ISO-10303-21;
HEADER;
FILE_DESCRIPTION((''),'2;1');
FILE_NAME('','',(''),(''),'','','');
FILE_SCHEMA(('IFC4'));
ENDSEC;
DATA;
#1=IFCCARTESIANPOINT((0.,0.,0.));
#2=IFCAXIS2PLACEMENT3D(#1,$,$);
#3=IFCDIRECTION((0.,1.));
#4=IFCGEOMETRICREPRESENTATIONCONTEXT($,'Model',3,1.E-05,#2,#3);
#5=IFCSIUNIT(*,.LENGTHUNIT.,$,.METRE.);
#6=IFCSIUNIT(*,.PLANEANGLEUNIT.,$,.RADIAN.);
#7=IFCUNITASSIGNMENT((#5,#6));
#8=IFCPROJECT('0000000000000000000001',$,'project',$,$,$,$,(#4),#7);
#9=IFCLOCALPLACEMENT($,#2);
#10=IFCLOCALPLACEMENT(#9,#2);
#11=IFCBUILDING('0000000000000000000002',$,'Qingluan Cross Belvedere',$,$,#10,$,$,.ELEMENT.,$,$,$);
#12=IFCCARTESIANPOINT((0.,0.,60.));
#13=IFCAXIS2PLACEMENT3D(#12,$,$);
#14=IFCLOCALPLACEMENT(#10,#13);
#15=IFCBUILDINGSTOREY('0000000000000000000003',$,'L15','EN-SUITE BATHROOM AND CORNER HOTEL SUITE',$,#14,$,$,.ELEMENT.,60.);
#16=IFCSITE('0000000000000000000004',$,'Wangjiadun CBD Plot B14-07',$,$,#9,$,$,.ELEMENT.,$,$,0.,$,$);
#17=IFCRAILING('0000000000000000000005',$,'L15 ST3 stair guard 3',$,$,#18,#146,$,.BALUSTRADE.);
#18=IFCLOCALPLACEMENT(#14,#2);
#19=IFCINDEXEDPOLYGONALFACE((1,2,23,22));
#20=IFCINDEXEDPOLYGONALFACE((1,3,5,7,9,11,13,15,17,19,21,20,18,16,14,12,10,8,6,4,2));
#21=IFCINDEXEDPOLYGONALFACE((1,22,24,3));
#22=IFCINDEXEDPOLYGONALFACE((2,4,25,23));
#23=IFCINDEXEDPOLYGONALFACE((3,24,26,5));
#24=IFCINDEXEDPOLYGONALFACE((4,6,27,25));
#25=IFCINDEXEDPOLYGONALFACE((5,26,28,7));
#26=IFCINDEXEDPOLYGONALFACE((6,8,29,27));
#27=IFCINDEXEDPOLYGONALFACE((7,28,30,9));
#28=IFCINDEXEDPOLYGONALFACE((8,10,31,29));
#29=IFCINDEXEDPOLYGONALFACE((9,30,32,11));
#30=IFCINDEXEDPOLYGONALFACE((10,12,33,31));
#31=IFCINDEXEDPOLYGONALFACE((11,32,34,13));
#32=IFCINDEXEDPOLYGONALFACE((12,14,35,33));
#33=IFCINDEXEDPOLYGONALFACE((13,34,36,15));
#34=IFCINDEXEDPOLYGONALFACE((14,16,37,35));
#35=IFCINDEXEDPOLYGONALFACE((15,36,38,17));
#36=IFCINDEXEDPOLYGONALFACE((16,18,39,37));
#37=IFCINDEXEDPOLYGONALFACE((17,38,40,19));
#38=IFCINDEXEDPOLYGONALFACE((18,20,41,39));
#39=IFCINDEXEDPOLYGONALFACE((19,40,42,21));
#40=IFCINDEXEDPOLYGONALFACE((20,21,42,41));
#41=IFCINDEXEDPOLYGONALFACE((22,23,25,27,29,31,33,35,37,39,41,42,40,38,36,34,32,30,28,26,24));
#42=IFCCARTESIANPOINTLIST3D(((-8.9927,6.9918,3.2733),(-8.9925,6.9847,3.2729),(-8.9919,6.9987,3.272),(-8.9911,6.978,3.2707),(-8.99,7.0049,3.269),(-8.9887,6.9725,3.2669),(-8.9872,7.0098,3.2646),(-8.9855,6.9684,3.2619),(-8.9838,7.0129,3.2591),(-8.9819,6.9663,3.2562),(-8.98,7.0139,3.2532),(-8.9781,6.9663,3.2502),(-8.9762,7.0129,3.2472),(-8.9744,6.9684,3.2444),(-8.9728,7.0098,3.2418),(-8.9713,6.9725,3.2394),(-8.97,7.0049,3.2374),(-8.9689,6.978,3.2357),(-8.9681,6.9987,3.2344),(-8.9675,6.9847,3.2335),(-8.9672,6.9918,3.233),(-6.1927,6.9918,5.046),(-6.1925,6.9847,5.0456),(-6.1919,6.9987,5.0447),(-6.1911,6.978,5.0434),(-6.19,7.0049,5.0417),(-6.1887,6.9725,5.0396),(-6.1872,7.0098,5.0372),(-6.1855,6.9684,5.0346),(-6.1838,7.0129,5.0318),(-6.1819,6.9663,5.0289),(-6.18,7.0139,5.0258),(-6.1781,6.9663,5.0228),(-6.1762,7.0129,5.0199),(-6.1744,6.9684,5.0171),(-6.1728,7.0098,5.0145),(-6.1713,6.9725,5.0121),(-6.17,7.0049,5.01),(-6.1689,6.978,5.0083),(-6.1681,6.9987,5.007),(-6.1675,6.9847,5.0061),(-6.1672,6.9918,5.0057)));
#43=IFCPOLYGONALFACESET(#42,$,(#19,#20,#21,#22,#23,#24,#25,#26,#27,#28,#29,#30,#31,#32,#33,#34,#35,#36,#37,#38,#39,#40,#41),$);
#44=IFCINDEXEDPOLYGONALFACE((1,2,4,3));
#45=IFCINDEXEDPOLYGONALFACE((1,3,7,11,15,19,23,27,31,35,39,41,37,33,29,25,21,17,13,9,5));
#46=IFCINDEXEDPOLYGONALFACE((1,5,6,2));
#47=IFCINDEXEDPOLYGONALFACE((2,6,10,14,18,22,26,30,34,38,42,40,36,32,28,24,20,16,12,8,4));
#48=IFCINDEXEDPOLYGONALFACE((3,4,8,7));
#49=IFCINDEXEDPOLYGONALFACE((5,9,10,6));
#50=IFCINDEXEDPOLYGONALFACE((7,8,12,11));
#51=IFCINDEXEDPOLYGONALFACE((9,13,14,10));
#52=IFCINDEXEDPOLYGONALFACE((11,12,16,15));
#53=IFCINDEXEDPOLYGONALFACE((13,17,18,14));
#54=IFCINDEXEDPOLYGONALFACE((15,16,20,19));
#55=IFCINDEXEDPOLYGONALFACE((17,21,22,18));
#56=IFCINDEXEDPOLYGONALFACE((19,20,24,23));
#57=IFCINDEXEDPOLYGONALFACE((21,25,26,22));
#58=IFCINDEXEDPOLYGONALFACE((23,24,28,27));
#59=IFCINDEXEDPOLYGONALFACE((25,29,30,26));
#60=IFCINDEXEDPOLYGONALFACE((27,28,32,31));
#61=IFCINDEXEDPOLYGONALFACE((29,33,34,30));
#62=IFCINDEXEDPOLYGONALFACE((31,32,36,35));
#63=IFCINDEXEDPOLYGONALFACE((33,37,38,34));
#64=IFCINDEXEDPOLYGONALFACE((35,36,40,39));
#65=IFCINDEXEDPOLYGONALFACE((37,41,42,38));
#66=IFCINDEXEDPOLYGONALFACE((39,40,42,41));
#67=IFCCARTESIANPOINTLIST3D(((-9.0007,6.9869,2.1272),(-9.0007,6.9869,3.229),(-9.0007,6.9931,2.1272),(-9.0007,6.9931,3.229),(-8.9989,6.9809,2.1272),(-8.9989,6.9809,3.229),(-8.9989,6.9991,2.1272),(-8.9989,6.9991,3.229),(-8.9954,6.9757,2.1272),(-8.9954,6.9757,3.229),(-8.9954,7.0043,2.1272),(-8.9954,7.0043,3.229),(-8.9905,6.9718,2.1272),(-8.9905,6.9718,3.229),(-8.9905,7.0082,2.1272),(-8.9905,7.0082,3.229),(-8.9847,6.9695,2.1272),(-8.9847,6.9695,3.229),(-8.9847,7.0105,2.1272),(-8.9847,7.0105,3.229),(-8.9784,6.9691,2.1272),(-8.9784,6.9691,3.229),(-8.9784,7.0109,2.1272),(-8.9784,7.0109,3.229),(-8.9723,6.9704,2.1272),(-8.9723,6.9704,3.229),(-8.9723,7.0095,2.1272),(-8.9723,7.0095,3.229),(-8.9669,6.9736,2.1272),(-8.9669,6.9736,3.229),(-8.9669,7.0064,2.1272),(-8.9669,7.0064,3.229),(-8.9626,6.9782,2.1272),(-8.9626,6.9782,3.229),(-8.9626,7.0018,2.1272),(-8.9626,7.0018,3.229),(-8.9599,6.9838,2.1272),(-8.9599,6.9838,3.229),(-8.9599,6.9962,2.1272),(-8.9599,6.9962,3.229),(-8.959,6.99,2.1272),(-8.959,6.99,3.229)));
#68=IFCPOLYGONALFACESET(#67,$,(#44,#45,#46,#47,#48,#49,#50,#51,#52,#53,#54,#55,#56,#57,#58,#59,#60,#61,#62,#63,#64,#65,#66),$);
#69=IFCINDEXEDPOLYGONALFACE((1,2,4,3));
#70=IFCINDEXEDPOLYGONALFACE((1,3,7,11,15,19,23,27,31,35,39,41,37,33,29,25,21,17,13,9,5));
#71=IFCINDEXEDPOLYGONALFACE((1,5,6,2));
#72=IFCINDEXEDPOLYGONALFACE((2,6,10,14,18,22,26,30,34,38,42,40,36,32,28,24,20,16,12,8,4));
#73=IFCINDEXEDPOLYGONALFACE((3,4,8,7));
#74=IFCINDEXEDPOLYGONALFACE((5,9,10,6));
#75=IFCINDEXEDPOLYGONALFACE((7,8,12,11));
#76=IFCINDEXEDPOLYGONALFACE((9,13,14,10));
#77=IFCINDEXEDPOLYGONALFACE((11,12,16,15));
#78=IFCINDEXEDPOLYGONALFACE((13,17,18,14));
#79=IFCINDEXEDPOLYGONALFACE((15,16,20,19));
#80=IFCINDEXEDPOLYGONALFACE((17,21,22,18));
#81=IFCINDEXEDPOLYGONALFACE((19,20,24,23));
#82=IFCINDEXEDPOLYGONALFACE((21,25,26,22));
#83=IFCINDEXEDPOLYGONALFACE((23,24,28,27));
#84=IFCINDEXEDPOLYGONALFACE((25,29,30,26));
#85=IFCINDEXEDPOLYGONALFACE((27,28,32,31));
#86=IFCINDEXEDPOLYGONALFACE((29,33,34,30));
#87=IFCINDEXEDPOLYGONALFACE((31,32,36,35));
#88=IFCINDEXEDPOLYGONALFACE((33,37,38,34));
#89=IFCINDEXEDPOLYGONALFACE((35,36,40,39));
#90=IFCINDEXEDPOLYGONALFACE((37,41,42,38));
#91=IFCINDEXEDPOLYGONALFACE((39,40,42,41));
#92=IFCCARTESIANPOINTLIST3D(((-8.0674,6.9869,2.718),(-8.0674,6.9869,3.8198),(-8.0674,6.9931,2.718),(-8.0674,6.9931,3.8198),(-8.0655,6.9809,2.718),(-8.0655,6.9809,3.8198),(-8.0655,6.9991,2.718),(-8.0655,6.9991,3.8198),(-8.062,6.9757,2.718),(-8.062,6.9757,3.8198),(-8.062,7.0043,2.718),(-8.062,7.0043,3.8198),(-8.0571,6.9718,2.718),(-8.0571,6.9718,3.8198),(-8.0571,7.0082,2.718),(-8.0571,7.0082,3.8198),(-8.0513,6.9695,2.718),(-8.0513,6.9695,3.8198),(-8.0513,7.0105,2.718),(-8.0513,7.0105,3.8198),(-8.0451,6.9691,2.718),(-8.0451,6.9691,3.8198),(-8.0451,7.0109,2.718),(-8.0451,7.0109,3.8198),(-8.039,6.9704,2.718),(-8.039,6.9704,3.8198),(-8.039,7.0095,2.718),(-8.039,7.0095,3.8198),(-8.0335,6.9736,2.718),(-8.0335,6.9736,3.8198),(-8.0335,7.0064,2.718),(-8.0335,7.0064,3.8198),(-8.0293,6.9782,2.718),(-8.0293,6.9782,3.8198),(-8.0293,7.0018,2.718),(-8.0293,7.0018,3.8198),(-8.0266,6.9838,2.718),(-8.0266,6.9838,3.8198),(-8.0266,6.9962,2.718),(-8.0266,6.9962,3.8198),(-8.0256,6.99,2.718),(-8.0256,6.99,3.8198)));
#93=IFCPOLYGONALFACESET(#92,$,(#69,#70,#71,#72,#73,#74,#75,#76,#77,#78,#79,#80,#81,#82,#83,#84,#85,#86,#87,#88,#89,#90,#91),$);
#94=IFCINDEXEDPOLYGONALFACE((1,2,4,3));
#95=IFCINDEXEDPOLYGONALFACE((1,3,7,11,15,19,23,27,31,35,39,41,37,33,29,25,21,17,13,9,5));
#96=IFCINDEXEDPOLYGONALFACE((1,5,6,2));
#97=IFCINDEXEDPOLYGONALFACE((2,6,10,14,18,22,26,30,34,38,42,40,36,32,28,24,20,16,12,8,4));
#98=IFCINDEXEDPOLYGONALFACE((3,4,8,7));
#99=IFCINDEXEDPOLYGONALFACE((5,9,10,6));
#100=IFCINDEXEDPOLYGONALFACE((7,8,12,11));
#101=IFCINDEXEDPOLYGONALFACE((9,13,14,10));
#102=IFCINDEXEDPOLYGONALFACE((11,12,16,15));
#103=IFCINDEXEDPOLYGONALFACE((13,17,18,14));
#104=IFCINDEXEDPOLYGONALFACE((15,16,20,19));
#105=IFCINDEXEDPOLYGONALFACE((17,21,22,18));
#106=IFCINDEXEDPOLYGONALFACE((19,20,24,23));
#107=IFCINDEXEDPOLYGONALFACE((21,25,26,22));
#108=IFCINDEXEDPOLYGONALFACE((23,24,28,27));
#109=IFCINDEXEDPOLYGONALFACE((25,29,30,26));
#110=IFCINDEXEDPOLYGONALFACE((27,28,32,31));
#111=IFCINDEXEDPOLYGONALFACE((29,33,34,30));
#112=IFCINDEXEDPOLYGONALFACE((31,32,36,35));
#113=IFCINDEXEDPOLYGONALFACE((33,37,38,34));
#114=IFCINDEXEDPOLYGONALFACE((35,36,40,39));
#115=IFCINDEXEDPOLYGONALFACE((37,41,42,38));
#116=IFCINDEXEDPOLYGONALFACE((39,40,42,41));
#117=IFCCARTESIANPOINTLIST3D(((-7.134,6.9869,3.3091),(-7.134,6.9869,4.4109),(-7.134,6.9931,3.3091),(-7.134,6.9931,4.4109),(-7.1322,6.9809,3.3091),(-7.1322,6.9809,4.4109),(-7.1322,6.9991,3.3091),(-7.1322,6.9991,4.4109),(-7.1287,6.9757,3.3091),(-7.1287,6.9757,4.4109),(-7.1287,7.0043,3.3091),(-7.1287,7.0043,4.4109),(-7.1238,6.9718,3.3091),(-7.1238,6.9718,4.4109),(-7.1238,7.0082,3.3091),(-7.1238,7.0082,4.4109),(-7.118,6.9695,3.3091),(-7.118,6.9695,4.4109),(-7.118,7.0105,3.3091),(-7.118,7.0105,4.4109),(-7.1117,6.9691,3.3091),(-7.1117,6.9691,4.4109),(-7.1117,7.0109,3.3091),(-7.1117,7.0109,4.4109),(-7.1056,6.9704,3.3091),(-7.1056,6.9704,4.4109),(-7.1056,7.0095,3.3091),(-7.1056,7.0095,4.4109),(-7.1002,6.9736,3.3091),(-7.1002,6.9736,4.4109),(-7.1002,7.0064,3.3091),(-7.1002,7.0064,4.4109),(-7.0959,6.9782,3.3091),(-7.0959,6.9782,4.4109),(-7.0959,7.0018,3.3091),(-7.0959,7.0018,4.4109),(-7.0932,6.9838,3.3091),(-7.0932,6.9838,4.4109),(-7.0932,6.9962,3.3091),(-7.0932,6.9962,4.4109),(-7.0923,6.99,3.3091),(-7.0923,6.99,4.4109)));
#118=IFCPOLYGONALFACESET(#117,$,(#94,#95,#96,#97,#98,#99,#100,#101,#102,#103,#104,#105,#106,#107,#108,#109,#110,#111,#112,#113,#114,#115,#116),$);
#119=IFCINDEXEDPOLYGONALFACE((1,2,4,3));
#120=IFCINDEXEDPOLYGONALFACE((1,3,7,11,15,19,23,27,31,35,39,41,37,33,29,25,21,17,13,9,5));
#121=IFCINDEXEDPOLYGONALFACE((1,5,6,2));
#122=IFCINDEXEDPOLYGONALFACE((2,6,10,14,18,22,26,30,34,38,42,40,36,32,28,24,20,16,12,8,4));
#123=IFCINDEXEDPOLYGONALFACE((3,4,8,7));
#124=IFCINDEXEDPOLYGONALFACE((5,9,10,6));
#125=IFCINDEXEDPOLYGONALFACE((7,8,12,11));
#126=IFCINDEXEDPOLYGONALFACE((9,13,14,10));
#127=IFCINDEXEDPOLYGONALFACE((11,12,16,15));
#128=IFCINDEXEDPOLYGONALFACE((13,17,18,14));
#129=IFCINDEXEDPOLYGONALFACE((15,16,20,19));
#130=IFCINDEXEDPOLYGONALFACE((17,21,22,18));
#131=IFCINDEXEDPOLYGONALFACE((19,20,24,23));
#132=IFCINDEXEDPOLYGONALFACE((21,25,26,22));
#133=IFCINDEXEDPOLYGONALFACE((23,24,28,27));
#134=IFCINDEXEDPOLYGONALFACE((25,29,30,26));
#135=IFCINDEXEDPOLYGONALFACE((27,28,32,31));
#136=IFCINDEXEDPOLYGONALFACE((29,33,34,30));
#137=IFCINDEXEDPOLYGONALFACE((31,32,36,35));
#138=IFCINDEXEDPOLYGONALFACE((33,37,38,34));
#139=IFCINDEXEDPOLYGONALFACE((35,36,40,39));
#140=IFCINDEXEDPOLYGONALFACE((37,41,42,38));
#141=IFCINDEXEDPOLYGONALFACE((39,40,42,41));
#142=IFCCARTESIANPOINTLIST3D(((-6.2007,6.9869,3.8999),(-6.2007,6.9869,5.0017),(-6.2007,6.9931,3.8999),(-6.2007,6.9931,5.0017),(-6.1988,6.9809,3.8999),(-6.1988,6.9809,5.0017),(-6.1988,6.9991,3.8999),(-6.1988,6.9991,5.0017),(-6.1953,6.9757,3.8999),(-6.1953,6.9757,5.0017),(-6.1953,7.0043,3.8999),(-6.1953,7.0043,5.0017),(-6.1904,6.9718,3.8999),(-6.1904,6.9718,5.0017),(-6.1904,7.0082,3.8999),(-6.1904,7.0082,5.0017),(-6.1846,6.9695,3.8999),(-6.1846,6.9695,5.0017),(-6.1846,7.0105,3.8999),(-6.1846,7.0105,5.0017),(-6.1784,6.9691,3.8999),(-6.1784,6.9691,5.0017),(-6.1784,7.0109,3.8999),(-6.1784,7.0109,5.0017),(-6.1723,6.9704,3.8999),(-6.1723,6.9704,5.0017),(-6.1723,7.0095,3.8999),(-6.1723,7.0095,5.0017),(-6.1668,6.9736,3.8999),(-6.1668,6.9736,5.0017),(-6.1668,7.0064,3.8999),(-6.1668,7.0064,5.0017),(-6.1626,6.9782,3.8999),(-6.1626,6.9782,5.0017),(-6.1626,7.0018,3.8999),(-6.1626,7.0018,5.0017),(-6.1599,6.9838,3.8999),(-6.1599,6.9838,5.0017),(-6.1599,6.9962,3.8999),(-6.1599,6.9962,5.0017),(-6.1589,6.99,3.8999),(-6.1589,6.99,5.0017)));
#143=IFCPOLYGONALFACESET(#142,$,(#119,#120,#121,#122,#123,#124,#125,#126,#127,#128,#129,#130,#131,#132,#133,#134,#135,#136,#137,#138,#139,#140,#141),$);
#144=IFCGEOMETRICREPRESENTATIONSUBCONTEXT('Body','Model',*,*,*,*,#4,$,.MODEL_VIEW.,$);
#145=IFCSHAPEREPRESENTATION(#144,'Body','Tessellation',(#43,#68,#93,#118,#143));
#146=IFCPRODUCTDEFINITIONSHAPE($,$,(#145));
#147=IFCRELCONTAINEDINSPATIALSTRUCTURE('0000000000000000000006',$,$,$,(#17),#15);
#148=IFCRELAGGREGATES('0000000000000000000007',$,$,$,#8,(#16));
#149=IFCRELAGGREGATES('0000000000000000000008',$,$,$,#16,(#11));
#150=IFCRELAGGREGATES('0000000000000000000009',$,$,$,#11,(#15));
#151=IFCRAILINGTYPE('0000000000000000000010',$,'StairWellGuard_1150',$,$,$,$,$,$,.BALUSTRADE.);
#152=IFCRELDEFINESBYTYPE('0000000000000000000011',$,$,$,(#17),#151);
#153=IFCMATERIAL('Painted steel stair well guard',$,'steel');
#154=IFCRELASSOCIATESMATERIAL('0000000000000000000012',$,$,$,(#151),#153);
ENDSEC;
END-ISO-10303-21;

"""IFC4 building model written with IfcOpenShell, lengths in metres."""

from ifc_helpers import new_model, si_unit, direction, frame, origin, origin_2d, place, context, subcontext, project, spatial, circle, extrude, material, type_object, element, save


model = new_model("IFC4")

# Units and contexts
model_context = context("Model", 3, precision=1e-05, world=origin(), true_north=direction((0.0, 1.0)))
body_context = subcontext(model_context, "Body", "Model", "MODEL_VIEW")
ifc_project = project(units=[si_unit("LENGTHUNIT", "METRE"), si_unit("PLANEANGLEUNIT", "RADIAN")], contexts=[model_context])

# Site, building, storey
site_placement = place(None, origin())
site = spatial("IfcSite", under=ifc_project, at=site_placement, Name="Wangjiadun CBD Plot B14-07", CompositionType="ELEMENT", RefElevation=0.0)
building_placement = place(site_placement, origin())
building = spatial("IfcBuilding", under=site, at=building_placement, Name="Qingluan Cross Belvedere", CompositionType="ELEMENT")
storey_placement = place(building_placement, frame((0.0, 0.0, 60.0)))
storey = spatial("IfcBuildingStorey", under=building, at=storey_placement, Name="L15", Description="EN-SUITE BATHROOM AND CORNER HOTEL SUITE", CompositionType="ELEMENT", Elevation=60.0)

# Railing
ifc_material_1 = material(Name="Painted steel stair well guard", Category="steel")
railing_type_1 = type_object("IfcRailingType", Name="StairWellGuard_1150", PredefinedType="BALUSTRADE", material=ifc_material_1)
railing_1_placement = place(storey_placement, frame((-8.98, 6.99, 2.1272)))
element("IfcRailing", 1, at=railing_1_placement, inside=storey, type_object=railing_type_1, Name="L15 ST3 stair guard 3", PredefinedType="BALUSTRADE", context=body_context, shape_type="SweptSolid", body=[
    extrude(circle(Radius=0.0239, at=origin_2d()), frame((0.0, 0.0, 1.126), z_axis=(0.844909, 0.0, 0.53491), x_axis=(0.0, 1.0, 0.0)), (0.0, 0.0, 1.0), 3.314),
    extrude(circle(Radius=0.021, at=origin_2d()), origin(), (0.0, 0.0, 1.0), 1.1018),
    extrude(circle(Radius=0.021, at=origin_2d()), frame((0.9333, 0.0, 0.5908)), (0.0, 0.0, 1.0), 1.1018),
    extrude(circle(Radius=0.021, at=origin_2d()), frame((1.8667, 0.0, 1.1819)), (0.0, 0.0, 1.0), 1.1018),
    extrude(circle(Radius=0.021, at=origin_2d()), frame((2.8, 0.0, 1.7727)), (0.0, 0.0, 1.0), 1.1018),
])

save(model, "model.ifc")
